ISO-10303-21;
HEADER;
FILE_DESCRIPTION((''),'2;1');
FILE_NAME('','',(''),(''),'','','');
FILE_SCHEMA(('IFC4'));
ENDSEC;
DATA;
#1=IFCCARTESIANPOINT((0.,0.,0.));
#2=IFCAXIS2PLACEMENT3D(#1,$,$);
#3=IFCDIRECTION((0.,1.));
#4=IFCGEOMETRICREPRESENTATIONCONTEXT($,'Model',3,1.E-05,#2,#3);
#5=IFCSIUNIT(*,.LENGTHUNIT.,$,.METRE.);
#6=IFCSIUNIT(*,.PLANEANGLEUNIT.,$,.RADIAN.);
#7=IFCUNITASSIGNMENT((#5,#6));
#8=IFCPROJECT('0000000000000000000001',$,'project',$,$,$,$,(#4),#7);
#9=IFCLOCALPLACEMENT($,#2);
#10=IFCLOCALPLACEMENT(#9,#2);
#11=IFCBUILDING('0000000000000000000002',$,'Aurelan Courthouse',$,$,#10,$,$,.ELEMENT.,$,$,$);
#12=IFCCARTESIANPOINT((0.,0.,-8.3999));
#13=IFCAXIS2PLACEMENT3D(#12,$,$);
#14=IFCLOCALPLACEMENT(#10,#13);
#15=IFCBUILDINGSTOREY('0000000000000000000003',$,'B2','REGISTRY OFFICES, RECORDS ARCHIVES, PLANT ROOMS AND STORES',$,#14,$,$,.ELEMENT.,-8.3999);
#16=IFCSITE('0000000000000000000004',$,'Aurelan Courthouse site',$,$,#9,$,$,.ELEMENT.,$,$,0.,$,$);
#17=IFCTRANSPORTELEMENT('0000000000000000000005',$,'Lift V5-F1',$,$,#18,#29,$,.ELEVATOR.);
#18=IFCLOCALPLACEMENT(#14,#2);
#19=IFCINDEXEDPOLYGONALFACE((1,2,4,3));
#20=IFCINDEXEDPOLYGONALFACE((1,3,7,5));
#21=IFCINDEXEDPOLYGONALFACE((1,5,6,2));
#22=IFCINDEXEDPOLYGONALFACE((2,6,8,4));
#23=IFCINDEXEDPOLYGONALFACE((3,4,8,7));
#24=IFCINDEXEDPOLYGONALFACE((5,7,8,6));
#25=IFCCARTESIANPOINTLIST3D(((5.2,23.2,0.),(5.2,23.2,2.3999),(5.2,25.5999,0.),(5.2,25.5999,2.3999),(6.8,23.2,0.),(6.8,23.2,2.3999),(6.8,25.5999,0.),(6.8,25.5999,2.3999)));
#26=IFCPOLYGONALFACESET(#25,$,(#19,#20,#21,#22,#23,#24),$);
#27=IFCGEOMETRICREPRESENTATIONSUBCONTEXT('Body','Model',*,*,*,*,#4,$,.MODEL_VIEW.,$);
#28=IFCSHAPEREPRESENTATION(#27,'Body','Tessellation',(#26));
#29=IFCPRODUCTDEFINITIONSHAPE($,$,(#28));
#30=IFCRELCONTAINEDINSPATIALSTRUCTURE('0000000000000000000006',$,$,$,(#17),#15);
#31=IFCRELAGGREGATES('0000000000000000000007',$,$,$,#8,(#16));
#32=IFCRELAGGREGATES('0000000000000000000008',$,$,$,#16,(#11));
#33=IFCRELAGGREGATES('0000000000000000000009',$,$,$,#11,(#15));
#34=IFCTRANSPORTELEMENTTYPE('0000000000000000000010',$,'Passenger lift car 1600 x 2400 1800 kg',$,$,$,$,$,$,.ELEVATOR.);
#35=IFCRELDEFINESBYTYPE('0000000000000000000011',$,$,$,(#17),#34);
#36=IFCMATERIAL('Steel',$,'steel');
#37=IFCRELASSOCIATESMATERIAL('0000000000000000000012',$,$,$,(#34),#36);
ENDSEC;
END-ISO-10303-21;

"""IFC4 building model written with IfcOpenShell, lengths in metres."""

from ifc_helpers import new_model, si_unit, direction, frame, origin, origin_2d, place, context, subcontext, project, spatial, rectangle, extrude, material, type_object, element, save


model = new_model("IFC4")

# Units and contexts
model_context = context("Model", 3, precision=1e-05, world=origin(), true_north=direction((0.0, 1.0)))
body_context = subcontext(model_context, "Body", "Model", "MODEL_VIEW")
ifc_project = project(units=[si_unit("LENGTHUNIT", "METRE"), si_unit("PLANEANGLEUNIT", "RADIAN")], contexts=[model_context])

# Site, building, storey
site_placement = place(None, origin())
site = spatial("IfcSite", under=ifc_project, at=site_placement, Name="Aurelan Courthouse site", CompositionType="ELEMENT", RefElevation=0.0)
building_placement = place(site_placement, origin())
building = spatial("IfcBuilding", under=site, at=building_placement, Name="Aurelan Courthouse", CompositionType="ELEMENT")
storey_placement = place(building_placement, frame((0.0, 0.0, -8.3999)))
storey = spatial("IfcBuildingStorey", under=building, at=storey_placement, Name="B2", Description="REGISTRY OFFICES, RECORDS ARCHIVES, PLANT ROOMS AND STORES", CompositionType="ELEMENT", Elevation=-8.3999)

# Shared definitions
ifc_material_1 = material(Name="Steel", Category="steel")

# Transport element
transport_element_type = type_object("IfcTransportElementType", Name="Passenger lift car 1600 x 2400 1800 kg", PredefinedType="ELEVATOR", material=ifc_material_1)
transport_element_placement = place(storey_placement, frame((6.0, 24.3999, 0.0), z_axis=(0.0, 0.0, 1.0), x_axis=(1.0, 0.0, 0.0)))
element("IfcTransportElement", 1, at=transport_element_placement, inside=storey, type_object=transport_element_type, Name="Lift V5-F1", PredefinedType="ELEVATOR", context=body_context, shape_type="SweptSolid", body=[
    extrude(rectangle(XDim=1.6001, YDim=2.3999, at=origin_2d()), origin(), (0.0, 0.0, 1.0), 2.3999),
])

save(model, "model.ifc")
